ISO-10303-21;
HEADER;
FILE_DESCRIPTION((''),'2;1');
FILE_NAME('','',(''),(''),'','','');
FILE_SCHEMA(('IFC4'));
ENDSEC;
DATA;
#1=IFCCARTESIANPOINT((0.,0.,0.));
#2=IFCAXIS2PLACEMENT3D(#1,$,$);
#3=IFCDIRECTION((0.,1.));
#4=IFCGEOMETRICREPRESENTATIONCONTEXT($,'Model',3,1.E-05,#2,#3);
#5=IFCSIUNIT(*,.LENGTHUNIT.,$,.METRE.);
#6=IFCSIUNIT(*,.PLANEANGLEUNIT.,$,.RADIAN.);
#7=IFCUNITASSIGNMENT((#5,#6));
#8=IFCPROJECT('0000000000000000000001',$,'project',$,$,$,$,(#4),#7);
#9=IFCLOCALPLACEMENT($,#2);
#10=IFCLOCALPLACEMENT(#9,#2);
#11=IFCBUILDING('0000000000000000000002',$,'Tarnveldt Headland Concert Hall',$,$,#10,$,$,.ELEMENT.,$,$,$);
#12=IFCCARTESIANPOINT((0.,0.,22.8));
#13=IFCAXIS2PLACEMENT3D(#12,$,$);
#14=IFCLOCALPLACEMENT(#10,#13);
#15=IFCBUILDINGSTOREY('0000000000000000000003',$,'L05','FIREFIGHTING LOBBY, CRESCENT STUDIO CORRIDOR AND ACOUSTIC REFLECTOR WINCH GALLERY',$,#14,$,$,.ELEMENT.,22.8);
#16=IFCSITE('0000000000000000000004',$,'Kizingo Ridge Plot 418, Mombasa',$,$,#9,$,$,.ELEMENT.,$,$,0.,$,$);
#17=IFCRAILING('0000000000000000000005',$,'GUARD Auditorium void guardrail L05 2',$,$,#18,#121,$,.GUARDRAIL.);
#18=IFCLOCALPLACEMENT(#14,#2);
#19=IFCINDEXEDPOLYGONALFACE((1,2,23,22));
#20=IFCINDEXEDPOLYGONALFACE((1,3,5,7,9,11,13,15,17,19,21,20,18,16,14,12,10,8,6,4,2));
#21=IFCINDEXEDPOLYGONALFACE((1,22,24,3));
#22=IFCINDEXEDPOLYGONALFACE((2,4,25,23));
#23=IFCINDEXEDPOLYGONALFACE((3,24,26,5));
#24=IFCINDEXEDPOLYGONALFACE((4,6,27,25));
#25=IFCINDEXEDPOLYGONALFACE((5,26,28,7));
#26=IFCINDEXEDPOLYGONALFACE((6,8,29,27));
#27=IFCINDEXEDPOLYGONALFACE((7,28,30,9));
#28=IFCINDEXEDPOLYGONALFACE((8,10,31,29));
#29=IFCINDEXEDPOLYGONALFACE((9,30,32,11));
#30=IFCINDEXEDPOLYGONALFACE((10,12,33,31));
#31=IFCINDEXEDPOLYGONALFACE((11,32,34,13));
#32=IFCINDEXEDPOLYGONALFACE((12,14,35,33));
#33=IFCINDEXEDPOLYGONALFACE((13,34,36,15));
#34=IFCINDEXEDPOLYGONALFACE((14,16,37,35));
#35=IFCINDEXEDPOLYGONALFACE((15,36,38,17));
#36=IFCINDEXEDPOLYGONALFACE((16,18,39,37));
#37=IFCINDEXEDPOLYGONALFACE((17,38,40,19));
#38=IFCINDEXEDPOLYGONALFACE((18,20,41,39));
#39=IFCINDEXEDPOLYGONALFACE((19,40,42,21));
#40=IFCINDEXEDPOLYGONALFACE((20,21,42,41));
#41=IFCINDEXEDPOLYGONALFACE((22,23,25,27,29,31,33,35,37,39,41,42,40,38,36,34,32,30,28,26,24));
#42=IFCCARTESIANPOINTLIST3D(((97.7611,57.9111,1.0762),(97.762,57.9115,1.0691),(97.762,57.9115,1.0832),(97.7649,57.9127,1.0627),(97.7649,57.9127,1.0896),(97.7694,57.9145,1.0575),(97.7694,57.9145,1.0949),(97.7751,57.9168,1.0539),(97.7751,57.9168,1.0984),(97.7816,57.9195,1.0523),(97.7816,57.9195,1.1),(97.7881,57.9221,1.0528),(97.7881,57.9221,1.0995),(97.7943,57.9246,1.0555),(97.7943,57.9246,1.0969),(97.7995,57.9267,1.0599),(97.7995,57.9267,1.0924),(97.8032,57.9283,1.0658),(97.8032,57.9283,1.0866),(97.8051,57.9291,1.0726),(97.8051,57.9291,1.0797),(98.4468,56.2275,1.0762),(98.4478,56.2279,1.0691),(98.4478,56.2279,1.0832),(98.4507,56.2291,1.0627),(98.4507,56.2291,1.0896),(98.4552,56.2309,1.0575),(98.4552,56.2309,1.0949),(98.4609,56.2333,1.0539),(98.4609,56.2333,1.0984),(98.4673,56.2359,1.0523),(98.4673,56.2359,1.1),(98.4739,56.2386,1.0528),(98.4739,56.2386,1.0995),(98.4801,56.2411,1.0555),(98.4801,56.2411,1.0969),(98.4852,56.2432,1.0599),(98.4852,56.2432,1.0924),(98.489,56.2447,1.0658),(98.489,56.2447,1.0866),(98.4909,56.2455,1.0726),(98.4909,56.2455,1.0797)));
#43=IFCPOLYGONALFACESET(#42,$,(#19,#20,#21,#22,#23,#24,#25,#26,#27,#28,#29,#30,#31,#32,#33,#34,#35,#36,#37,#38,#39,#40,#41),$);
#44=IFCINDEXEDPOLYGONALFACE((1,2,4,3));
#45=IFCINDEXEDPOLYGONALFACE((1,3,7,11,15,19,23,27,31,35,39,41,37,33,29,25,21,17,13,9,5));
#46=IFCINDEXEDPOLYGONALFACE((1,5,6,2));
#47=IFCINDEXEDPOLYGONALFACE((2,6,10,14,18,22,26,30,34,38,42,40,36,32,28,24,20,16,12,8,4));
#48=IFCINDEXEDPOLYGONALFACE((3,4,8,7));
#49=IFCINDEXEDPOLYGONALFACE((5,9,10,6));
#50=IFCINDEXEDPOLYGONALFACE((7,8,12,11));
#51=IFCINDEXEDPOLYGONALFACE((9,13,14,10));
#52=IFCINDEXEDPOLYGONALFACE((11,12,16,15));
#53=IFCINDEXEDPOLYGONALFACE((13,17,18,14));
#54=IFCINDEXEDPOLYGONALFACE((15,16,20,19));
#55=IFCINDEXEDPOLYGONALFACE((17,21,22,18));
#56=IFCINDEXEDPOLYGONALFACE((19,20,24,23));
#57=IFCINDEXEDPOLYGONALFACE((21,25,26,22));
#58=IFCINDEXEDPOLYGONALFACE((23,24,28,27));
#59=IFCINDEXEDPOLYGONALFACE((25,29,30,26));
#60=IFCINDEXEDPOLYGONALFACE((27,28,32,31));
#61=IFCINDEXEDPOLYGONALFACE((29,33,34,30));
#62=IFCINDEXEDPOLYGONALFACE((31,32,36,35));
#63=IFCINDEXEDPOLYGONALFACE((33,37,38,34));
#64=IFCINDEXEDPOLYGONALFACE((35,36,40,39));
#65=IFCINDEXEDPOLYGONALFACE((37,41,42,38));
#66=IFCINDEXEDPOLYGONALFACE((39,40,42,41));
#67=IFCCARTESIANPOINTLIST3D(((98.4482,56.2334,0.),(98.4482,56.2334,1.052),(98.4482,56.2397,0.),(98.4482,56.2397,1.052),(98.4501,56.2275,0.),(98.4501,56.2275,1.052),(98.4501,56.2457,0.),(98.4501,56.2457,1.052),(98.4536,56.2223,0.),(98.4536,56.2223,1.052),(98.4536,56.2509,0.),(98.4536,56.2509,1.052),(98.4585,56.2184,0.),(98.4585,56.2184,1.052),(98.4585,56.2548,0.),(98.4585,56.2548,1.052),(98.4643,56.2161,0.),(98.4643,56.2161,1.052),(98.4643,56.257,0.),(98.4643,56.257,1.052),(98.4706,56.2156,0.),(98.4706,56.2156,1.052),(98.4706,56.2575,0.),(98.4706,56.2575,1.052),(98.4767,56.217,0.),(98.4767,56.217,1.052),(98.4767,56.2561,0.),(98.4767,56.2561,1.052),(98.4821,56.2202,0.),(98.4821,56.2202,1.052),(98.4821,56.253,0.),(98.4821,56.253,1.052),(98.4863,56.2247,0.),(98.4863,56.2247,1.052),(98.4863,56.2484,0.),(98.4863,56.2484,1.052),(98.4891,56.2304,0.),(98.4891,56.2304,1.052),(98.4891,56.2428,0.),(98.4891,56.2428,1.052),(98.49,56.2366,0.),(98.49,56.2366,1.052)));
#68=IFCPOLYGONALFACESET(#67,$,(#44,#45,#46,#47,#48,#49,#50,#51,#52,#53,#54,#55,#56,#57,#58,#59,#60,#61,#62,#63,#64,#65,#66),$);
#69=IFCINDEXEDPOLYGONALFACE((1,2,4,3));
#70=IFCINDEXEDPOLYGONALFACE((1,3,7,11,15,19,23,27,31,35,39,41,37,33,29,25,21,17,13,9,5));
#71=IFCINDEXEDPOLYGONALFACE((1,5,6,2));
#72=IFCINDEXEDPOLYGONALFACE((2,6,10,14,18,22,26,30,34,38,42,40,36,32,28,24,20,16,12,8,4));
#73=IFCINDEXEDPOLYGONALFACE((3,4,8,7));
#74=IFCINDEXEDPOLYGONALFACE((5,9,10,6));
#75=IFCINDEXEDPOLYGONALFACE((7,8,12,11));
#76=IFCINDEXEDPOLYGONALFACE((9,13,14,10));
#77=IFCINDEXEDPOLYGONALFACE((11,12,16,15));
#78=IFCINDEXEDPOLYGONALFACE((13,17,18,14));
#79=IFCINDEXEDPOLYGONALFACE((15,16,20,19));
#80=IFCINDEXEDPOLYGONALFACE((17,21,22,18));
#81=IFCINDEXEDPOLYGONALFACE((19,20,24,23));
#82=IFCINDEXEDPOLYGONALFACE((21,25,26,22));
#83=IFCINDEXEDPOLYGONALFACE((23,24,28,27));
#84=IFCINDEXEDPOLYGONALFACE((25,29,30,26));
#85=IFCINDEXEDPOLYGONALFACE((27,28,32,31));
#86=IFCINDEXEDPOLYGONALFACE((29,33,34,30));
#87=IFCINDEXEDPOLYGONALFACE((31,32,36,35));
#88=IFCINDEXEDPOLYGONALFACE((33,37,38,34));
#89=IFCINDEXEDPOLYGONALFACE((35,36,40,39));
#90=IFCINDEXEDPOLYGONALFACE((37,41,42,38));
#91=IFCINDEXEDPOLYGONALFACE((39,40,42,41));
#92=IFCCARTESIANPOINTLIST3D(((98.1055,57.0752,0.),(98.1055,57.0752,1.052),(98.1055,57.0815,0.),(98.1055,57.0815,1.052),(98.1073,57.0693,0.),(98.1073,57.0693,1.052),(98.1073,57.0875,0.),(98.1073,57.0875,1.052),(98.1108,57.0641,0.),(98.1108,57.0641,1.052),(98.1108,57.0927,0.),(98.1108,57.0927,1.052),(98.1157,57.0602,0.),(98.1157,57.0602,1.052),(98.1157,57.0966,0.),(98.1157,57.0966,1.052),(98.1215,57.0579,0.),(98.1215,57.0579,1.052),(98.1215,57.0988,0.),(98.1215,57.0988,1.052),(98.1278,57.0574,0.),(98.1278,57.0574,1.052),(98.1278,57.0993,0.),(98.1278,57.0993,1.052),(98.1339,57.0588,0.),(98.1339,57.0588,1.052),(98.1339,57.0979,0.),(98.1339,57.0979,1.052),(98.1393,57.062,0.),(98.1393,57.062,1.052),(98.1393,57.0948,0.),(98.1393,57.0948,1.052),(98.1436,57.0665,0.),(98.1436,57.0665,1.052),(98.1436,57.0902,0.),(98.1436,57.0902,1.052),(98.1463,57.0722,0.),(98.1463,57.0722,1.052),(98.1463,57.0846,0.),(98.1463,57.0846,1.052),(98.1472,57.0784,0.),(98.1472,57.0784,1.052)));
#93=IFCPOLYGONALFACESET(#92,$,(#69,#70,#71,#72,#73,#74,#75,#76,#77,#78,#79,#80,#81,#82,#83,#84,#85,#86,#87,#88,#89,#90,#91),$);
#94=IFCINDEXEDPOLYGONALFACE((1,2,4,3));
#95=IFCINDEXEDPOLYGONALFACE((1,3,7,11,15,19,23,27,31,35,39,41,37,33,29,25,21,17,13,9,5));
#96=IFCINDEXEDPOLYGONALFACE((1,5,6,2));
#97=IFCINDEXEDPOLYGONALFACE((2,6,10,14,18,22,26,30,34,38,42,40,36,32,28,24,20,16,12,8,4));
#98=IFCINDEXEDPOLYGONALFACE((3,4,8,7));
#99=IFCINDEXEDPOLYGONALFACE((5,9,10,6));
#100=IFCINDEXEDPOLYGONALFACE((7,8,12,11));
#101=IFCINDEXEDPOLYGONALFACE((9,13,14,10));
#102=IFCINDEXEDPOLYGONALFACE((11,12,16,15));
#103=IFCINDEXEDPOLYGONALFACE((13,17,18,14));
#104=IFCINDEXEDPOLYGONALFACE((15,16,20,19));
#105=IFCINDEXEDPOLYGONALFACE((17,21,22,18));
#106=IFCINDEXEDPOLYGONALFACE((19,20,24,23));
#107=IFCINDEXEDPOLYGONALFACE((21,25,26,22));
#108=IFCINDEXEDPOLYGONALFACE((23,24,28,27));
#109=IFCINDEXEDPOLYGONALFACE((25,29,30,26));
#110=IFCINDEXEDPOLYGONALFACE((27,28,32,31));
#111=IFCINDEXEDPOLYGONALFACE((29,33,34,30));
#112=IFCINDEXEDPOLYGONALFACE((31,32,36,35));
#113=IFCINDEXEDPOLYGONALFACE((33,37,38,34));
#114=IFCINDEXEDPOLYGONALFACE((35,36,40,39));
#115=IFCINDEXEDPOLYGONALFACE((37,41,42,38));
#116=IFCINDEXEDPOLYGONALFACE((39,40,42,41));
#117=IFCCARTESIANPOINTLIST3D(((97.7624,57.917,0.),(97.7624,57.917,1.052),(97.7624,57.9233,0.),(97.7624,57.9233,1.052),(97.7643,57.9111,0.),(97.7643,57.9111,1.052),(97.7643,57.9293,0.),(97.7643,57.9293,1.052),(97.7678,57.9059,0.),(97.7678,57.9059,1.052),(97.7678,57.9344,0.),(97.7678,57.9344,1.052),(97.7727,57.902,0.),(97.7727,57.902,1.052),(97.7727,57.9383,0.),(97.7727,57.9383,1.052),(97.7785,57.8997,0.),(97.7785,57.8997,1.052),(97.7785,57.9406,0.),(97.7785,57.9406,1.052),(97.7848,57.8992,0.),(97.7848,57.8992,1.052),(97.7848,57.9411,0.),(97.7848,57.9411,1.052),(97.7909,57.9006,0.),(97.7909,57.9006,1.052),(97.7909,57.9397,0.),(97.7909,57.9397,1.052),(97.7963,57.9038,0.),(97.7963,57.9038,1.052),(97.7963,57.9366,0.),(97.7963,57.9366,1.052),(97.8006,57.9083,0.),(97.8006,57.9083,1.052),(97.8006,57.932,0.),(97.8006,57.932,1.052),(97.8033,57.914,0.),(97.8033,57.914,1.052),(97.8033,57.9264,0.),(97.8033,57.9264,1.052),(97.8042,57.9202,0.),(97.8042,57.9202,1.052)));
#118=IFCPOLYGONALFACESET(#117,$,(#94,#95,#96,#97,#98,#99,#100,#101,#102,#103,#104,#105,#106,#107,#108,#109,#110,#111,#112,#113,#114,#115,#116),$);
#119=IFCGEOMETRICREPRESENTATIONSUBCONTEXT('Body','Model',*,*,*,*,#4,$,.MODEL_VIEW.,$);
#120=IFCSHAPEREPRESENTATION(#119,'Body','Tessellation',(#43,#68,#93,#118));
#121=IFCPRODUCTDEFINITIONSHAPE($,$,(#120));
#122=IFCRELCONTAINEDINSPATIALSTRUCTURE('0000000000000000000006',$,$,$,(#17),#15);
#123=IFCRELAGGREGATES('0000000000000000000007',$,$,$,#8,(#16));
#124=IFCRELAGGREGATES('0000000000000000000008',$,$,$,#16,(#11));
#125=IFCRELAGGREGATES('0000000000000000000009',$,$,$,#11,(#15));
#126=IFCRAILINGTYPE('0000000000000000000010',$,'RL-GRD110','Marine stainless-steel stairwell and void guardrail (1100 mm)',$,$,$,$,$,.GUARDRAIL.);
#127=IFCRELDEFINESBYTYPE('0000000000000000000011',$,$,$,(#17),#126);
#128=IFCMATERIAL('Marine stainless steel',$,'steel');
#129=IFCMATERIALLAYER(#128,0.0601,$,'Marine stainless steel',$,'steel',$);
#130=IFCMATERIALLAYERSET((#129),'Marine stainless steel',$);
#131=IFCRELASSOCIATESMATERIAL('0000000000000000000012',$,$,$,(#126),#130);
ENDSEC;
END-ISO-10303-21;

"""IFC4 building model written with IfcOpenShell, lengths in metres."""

from ifc_helpers import new_model, si_unit, direction, frame, origin, origin_2d, place, context, subcontext, project, spatial, circle, extrude, material, layer, layer_set, type_object, element, save


model = new_model("IFC4")

# Units and contexts
model_context = context("Model", 3, precision=1e-05, world=origin(), true_north=direction((0.0, 1.0)))
body_context = subcontext(model_context, "Body", "Model", "MODEL_VIEW")
ifc_project = project(units=[si_unit("LENGTHUNIT", "METRE"), si_unit("PLANEANGLEUNIT", "RADIAN")], contexts=[model_context])

# Site, building, storey
site_placement = place(None, origin())
site = spatial("IfcSite", under=ifc_project, at=site_placement, Name="Kizingo Ridge Plot 418, Mombasa", CompositionType="ELEMENT", RefElevation=0.0)
building_placement = place(site_placement, origin())
building = spatial("IfcBuilding", under=site, at=building_placement, Name="Tarnveldt Headland Concert Hall", CompositionType="ELEMENT")
storey_placement = place(building_placement, frame((0.0, 0.0, 22.8)))
storey = spatial("IfcBuildingStorey", under=building, at=storey_placement, Name="L05", Description="FIREFIGHTING LOBBY, CRESCENT STUDIO CORRIDOR AND ACOUSTIC REFLECTOR WINCH GALLERY", CompositionType="ELEMENT", Elevation=22.8)

# Railing
ifc_material_1 = material(Name="Marine stainless steel", Category="steel")
ifc_layer_1 = layer(ifc_material_1, 0.0601, Name="Marine stainless steel", Category="steel")
ifc_layer_set_1 = layer_set([ifc_layer_1], Name="Marine stainless steel")
railing_type = type_object("IfcRailingType", Name="RL-GRD110", Description="Marine stainless-steel stairwell and void guardrail (1100 mm)", PredefinedType="GUARDRAIL", material=ifc_layer_set_1)
railing_1_placement = place(storey_placement, frame((98.469, 56.2366, 0.0)))
element("IfcRailing", 1, at=railing_1_placement, inside=storey, type_object=railing_type, Name="GUARD Auditorium void guardrail L05 2", PredefinedType="GUARDRAIL", context=body_context, shape_type="SweptSolid", body=[
    extrude(circle(Radius=0.0239, at=origin_2d()), frame((0.0, 0.0, 1.0762), z_axis=(-0.377241, 0.926115, 0.0), x_axis=(-0.926115, -0.377241, 0.0)), (0.0, 0.0, 1.0), 1.8179),
    extrude(circle(Radius=0.021, at=origin_2d()), origin(), (0.0, 0.0, 1.0), 1.052),
    extrude(circle(Radius=0.021, at=origin_2d()), frame((-0.3428, 0.8418, 0.0)), (0.0, 0.0, 1.0), 1.052),
    extrude(circle(Radius=0.021, at=origin_2d()), frame((-0.6858, 1.6836, 0.0)), (0.0, 0.0, 1.0), 1.052),
])

save(model, "model.ifc")
